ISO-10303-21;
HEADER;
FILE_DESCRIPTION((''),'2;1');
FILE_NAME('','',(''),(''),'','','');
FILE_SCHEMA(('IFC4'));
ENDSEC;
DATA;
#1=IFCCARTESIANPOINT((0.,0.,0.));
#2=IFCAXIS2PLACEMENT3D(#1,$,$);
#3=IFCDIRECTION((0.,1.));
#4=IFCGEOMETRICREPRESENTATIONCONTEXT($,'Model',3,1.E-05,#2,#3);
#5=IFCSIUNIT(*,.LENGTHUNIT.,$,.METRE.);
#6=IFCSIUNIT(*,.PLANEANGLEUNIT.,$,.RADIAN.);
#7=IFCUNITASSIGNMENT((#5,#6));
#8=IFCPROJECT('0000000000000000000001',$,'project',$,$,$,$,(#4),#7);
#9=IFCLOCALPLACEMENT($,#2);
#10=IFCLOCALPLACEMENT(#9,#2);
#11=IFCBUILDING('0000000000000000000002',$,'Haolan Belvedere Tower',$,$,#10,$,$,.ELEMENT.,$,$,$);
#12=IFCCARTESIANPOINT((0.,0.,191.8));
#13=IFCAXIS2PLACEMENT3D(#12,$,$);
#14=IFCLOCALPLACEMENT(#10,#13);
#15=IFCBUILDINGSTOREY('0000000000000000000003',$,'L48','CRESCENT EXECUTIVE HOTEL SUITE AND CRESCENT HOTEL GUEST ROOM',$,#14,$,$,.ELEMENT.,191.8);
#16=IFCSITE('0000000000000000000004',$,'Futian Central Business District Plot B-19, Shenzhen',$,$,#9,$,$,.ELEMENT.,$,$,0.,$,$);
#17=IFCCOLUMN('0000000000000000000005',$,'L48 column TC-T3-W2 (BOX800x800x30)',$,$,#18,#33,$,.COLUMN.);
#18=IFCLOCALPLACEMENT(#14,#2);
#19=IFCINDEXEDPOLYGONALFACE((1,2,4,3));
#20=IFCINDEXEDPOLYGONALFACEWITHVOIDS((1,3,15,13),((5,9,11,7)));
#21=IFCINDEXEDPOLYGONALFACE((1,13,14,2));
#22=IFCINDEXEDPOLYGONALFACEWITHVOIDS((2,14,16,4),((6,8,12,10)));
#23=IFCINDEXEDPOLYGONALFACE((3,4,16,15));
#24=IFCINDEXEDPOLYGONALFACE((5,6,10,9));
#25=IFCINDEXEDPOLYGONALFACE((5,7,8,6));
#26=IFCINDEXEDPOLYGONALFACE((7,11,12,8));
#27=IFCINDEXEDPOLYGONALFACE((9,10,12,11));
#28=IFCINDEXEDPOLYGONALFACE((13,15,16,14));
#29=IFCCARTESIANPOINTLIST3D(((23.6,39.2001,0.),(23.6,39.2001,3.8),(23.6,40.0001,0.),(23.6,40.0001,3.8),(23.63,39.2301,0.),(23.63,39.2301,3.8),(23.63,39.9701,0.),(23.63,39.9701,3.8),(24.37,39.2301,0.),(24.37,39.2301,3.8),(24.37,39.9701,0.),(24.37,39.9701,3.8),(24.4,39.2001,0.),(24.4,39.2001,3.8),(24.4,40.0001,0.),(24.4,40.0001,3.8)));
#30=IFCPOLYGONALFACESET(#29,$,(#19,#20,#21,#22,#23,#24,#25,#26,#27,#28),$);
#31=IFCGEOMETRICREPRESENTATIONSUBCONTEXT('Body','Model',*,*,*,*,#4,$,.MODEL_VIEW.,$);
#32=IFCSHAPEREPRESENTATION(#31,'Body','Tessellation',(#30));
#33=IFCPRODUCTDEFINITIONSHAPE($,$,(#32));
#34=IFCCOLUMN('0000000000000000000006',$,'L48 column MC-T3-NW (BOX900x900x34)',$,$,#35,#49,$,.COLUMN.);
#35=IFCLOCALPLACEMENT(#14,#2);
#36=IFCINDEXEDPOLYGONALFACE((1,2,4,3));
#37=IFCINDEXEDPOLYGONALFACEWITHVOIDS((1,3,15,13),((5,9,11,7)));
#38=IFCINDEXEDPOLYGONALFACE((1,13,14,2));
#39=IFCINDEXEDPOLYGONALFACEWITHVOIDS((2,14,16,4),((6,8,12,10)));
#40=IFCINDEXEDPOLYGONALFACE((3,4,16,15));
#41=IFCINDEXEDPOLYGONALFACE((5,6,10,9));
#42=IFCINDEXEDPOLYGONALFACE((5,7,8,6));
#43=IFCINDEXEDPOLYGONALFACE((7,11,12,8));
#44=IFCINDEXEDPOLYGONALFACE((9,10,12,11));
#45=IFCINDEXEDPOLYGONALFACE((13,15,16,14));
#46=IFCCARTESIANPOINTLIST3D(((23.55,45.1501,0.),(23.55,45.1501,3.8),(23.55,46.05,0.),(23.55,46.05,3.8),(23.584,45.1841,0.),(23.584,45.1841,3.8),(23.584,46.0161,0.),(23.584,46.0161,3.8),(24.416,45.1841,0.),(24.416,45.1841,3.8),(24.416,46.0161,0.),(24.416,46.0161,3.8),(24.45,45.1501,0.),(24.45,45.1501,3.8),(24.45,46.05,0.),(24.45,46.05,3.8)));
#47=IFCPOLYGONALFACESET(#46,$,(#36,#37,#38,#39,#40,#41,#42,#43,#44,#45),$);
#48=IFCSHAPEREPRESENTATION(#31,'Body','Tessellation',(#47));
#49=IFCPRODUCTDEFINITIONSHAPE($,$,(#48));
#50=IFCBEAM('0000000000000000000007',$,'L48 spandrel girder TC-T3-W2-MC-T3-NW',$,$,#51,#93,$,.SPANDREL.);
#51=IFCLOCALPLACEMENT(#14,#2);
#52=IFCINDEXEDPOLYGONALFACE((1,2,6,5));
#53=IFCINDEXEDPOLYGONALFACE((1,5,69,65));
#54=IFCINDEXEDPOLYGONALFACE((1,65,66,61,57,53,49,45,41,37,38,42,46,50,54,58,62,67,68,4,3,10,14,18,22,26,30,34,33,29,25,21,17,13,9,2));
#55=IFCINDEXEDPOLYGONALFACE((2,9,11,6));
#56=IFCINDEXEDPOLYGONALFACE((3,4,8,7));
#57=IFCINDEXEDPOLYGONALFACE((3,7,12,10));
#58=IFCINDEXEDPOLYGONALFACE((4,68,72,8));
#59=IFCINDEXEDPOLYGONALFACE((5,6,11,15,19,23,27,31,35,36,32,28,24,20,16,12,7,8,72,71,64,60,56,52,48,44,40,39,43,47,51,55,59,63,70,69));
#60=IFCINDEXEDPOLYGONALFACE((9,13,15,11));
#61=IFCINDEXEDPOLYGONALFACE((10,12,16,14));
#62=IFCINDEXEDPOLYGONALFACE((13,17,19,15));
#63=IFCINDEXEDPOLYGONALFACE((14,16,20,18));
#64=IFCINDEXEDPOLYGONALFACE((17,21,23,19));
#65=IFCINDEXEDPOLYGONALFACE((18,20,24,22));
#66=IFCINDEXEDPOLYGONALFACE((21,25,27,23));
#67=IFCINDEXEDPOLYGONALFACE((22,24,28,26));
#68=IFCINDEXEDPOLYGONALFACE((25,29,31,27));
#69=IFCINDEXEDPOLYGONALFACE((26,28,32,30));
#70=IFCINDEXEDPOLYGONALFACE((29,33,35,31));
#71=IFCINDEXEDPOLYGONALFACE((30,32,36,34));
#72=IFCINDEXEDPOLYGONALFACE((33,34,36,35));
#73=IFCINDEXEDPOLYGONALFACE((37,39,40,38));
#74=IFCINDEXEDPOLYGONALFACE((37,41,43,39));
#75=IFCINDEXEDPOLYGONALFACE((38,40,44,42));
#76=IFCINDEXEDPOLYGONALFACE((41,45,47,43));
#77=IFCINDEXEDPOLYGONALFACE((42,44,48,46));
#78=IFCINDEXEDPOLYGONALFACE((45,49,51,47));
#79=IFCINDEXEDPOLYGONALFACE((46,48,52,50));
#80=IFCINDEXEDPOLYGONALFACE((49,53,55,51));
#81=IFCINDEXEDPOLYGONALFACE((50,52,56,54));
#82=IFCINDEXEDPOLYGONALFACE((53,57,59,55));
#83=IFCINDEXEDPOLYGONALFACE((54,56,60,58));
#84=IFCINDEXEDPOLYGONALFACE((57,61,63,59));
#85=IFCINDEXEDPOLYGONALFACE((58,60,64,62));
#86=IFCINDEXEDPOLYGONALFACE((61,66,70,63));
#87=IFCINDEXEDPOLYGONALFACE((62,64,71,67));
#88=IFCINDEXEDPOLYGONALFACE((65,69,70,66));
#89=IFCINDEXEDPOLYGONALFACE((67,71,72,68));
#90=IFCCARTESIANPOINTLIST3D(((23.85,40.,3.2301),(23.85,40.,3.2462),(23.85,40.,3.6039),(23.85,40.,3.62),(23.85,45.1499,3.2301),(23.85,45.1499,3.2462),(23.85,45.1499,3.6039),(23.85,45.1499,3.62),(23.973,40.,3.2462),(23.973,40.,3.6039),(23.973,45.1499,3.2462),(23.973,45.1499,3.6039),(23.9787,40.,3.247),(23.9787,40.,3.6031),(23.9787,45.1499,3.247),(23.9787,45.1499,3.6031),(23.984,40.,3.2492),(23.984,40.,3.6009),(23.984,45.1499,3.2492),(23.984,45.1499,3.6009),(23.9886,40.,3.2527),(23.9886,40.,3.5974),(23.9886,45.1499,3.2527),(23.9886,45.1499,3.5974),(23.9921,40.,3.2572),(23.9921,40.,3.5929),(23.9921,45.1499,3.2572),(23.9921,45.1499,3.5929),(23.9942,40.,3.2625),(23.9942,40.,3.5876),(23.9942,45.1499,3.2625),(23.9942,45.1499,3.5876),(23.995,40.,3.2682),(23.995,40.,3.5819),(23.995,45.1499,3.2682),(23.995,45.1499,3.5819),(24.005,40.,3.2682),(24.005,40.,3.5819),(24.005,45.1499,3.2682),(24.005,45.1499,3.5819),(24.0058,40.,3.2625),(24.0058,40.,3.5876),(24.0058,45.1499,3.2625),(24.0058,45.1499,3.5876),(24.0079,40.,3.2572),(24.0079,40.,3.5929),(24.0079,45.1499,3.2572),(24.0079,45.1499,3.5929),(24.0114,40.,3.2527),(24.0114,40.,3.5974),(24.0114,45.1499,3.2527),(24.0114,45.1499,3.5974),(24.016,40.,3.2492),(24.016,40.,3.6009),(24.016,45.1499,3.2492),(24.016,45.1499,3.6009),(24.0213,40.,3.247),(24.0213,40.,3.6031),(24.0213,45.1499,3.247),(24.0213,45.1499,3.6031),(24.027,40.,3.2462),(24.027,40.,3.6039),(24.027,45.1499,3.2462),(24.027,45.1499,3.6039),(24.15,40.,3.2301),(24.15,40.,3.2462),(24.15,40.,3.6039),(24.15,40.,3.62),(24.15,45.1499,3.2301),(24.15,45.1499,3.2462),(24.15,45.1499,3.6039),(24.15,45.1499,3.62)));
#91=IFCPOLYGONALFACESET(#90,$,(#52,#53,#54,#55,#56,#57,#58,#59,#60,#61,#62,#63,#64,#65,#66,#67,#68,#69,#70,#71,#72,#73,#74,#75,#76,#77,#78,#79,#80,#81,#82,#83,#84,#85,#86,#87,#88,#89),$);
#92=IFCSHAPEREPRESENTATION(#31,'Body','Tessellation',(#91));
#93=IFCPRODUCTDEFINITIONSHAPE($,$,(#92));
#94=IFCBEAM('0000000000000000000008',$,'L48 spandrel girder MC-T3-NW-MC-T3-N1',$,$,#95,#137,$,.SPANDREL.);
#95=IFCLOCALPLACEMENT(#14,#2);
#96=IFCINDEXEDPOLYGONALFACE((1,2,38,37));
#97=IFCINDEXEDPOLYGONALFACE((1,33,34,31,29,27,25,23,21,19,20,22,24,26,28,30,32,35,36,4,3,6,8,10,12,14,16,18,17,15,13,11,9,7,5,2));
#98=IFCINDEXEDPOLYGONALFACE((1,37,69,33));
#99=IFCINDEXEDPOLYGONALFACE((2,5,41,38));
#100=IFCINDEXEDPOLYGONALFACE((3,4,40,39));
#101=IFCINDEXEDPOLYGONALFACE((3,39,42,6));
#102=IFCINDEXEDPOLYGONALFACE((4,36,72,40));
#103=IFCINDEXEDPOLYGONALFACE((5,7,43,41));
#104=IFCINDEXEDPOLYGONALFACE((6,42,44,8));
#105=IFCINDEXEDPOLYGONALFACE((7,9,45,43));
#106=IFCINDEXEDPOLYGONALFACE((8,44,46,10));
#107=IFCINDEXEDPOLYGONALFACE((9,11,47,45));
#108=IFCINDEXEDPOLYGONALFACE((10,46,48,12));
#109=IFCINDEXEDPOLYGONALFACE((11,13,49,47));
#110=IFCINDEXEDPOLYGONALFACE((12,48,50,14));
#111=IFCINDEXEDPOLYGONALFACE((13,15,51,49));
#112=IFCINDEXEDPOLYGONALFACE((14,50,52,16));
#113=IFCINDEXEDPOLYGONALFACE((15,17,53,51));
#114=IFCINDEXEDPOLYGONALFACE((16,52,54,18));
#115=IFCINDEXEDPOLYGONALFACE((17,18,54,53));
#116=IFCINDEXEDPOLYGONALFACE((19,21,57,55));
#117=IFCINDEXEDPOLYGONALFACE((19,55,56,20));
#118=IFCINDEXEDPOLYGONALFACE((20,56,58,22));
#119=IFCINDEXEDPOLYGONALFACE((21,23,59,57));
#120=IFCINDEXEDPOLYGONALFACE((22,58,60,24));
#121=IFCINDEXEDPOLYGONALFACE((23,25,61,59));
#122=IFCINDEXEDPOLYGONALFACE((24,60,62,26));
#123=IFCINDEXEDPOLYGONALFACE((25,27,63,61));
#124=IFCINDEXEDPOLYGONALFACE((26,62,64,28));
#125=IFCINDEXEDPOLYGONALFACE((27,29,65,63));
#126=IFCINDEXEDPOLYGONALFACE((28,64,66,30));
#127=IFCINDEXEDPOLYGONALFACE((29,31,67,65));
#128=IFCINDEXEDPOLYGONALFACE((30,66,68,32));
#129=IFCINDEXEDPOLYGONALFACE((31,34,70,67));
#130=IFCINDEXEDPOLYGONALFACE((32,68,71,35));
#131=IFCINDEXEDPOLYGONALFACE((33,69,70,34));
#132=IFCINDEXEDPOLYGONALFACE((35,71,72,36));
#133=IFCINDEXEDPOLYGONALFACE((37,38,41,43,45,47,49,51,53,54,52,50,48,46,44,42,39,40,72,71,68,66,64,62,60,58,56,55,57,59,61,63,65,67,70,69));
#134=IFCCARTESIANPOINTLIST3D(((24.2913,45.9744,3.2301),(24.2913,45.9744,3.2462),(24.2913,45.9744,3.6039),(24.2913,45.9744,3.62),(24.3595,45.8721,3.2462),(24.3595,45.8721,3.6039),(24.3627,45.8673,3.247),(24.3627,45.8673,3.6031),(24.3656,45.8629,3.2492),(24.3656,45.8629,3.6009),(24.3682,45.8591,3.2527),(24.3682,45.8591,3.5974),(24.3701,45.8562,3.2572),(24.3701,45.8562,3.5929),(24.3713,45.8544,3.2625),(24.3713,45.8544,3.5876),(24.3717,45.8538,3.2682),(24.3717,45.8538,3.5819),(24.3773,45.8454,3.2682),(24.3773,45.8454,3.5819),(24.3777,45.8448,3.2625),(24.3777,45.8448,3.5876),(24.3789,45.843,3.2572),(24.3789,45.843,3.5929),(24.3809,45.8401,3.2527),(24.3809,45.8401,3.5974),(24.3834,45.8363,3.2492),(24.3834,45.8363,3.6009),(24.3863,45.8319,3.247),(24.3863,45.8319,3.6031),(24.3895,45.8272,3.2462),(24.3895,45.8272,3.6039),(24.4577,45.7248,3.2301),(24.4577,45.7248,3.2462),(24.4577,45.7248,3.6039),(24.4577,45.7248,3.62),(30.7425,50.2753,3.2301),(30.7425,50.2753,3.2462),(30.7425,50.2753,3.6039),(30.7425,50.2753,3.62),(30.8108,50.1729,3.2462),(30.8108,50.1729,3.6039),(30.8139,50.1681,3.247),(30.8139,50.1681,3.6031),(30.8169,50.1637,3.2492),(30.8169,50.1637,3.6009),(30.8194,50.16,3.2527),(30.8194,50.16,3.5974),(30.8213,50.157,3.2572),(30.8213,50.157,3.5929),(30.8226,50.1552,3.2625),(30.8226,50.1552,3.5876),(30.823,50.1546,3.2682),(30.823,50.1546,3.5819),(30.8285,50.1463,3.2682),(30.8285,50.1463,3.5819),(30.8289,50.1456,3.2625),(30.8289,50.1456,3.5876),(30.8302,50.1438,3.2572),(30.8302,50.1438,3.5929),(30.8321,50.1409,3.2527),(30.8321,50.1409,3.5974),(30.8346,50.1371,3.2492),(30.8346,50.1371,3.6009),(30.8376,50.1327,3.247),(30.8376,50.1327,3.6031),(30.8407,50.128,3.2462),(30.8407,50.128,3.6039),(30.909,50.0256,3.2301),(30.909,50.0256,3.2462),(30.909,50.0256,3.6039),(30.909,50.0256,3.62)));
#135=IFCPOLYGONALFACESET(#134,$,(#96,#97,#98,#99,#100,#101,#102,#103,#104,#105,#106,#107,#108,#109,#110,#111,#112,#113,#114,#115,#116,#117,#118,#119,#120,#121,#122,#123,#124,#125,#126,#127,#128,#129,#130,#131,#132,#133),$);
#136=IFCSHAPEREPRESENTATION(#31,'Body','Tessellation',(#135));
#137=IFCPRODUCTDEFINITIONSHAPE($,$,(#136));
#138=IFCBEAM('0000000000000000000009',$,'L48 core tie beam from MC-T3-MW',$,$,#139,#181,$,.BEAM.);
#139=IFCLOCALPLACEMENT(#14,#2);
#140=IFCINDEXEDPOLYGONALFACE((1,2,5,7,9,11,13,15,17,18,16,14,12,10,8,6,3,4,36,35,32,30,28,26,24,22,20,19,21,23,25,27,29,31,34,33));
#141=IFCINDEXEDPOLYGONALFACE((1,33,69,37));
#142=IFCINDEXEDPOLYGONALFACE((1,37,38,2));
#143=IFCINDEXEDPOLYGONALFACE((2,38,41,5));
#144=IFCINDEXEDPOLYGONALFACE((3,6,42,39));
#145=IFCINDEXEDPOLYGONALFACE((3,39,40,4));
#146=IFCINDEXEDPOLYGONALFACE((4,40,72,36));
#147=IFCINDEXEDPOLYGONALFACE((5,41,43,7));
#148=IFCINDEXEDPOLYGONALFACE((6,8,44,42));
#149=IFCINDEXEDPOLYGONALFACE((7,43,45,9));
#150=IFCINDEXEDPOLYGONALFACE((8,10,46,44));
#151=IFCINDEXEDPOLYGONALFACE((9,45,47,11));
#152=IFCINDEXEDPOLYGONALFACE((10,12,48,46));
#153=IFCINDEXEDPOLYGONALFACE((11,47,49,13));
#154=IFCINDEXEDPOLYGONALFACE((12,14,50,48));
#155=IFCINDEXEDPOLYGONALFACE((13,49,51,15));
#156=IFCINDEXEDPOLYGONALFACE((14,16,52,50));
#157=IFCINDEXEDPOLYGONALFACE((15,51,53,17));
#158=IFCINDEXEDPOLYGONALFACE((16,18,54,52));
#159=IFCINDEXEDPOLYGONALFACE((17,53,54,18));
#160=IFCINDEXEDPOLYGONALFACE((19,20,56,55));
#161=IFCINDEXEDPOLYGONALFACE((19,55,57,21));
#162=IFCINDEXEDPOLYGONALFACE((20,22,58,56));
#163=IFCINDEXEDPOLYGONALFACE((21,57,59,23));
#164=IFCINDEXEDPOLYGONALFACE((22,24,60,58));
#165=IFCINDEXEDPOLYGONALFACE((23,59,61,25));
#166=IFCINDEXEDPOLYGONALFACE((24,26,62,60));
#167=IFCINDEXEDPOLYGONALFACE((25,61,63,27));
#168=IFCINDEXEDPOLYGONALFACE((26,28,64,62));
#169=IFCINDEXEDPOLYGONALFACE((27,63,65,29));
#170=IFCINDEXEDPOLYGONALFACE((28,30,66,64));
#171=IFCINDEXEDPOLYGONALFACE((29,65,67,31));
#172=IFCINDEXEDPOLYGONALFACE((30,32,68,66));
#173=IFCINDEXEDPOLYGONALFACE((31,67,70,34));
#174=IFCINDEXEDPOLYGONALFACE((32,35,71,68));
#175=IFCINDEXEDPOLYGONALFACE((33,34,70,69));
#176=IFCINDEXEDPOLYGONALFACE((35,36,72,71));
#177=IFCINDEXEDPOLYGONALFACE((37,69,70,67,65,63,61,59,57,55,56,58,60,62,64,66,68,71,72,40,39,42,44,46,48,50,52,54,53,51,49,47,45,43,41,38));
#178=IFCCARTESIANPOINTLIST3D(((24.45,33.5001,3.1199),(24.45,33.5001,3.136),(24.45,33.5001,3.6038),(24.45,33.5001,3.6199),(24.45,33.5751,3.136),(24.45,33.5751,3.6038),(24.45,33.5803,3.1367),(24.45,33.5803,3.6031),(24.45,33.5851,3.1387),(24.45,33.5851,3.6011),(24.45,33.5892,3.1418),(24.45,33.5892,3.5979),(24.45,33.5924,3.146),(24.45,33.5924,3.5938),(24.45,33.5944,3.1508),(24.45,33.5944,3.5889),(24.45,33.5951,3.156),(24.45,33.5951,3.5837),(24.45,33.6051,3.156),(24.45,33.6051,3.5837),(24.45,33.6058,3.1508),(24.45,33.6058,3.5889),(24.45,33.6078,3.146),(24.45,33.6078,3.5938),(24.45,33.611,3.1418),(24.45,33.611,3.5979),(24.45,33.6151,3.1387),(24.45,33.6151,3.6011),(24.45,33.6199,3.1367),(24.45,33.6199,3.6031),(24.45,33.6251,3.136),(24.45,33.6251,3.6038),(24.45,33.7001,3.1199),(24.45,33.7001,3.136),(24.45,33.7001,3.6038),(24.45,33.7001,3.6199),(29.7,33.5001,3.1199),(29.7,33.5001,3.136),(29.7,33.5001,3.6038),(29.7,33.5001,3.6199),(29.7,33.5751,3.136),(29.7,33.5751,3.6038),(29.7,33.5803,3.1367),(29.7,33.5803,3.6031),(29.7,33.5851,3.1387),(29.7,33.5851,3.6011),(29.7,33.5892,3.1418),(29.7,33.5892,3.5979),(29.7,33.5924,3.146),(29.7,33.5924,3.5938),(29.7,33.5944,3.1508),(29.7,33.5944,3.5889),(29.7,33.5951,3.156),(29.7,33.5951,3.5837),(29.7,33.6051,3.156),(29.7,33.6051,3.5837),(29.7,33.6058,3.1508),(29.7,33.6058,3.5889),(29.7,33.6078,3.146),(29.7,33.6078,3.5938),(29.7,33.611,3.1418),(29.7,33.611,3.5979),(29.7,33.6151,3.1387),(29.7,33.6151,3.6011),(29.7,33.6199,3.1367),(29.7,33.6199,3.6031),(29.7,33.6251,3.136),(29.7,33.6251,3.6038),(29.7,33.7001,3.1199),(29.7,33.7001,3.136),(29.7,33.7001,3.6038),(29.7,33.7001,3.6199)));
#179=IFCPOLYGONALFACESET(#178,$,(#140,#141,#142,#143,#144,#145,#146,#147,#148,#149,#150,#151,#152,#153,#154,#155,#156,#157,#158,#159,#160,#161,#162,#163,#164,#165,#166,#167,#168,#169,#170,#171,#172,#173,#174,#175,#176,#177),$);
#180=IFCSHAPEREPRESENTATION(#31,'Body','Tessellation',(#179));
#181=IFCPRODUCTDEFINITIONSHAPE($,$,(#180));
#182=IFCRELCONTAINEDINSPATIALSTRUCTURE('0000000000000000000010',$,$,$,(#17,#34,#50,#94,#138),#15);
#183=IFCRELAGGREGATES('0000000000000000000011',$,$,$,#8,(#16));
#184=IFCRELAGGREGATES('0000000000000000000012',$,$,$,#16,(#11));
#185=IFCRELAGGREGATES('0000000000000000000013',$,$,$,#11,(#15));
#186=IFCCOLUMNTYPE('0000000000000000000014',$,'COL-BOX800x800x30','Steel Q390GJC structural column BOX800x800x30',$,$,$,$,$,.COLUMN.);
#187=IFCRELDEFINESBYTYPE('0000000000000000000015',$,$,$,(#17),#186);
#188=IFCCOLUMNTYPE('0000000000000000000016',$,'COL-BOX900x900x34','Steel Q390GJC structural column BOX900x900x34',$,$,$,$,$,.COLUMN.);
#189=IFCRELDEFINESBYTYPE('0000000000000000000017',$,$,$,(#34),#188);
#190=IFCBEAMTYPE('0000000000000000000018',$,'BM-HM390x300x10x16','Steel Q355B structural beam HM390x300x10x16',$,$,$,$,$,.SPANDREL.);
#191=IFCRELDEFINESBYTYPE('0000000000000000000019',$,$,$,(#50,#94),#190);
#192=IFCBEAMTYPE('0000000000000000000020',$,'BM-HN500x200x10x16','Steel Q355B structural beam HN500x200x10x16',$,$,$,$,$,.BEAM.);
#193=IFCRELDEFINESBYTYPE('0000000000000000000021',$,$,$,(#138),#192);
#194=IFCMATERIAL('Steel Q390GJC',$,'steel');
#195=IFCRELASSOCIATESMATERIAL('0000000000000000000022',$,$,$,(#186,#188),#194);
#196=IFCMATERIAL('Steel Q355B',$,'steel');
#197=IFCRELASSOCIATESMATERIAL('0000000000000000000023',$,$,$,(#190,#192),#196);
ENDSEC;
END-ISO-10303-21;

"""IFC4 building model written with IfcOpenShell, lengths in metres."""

from ifc_helpers import new_model, si_unit, direction, frame, origin, origin_2d, place, context, subcontext, project, spatial, hollow_rectangle, i_section, extrude, material, material_profile, profile_set, type_object, element, save


model = new_model("IFC4")

# Units and contexts
model_context = context("Model", 3, precision=1e-05, world=origin(), true_north=direction((0.0, 1.0)))
body_context = subcontext(model_context, "Body", "Model", "MODEL_VIEW")
ifc_project = project(units=[si_unit("LENGTHUNIT", "METRE"), si_unit("PLANEANGLEUNIT", "RADIAN")], contexts=[model_context])

# Site, building, storey
site_placement = place(None, origin())
site = spatial("IfcSite", under=ifc_project, at=site_placement, Name="Futian Central Business District Plot B-19, Shenzhen", CompositionType="ELEMENT", RefElevation=0.0)
building_placement = place(site_placement, origin())
building = spatial("IfcBuilding", under=site, at=building_placement, Name="Haolan Belvedere Tower", CompositionType="ELEMENT")
storey_placement = place(building_placement, frame((0.0, 0.0, 191.8)))
storey = spatial("IfcBuildingStorey", under=building, at=storey_placement, Name="L48", Description="CRESCENT EXECUTIVE HOTEL SUITE AND CRESCENT HOTEL GUEST ROOM", CompositionType="ELEMENT", Elevation=191.8)

# Columns
ifc_material_1 = material(Name="Steel Q390GJC", Category="steel")
ifc_material_profile_1 = material_profile(ifc_material_1, hollow_rectangle(XDim=0.8, YDim=0.8, WallThickness=0.03, at=origin_2d()), Name="Steel Q390GJC")
ifc_profile_set_1 = profile_set([ifc_material_profile_1], Name="Steel Q390GJC")
column_type_1 = type_object("IfcColumnType", Name="COL-BOX800x800x30", Description="Steel Q390GJC structural column BOX800x800x30", PredefinedType="COLUMN", material=ifc_profile_set_1)
column_1_placement = place(storey_placement, frame((24.0, 39.6001, 0.0), z_axis=(0.0, 0.0, 1.0), x_axis=(1.0, 0.0, 0.0)))
element("IfcColumn", 1, at=column_1_placement, inside=storey, type_object=column_type_1, Name="L48 column TC-T3-W2 (BOX800x800x30)", PredefinedType="COLUMN", context=body_context, shape_type="SweptSolid", body=[
    extrude(hollow_rectangle(XDim=0.8, YDim=0.8, WallThickness=0.03, at=origin_2d()), origin(), (0.0, 0.0, 1.0), 3.8),
])
ifc_material_profile_2 = material_profile(ifc_material_1, hollow_rectangle(XDim=0.8999, YDim=0.8999, WallThickness=0.0339, at=origin_2d()), Name="Steel Q390GJC")
ifc_profile_set_2 = profile_set([ifc_material_profile_2], Name="Steel Q390GJC")
column_type_2 = type_object("IfcColumnType", Name="COL-BOX900x900x34", Description="Steel Q390GJC structural column BOX900x900x34", PredefinedType="COLUMN", material=ifc_profile_set_2)
column_2_placement = place(storey_placement, frame((24.0, 45.6001, 0.0), z_axis=(0.0, 0.0, 1.0), x_axis=(1.0, 0.0, 0.0)))
element("IfcColumn", 2, at=column_2_placement, inside=storey, type_object=column_type_2, Name="L48 column MC-T3-NW (BOX900x900x34)", PredefinedType="COLUMN", context=body_context, shape_type="SweptSolid", body=[
    extrude(hollow_rectangle(XDim=0.8999, YDim=0.8999, WallThickness=0.0339, at=origin_2d()), origin(), (0.0, 0.0, 1.0), 3.8),
])

# Beams
ifc_material_2 = material(Name="Steel Q355B", Category="steel")
ifc_material_profile_3 = material_profile(ifc_material_2, i_section(OverallWidth=0.3, OverallDepth=0.3899, WebThickness=0.01, FlangeThickness=0.0161, FilletRadius=0.022, at=origin_2d()), Name="Steel Q355B")
ifc_profile_set_3 = profile_set([ifc_material_profile_3], Name="Steel Q355B")
beam_type_1 = type_object("IfcBeamType", Name="BM-HM390x300x10x16", Description="Steel Q355B structural beam HM390x300x10x16", PredefinedType="SPANDREL", material=ifc_profile_set_3)
beam_1_placement = place(storey_placement, frame((24.0, 40.0, 3.425), z_axis=(0.0, 1.0, 0.0), x_axis=(-1.0, 0.0, 0.0)))
element("IfcBeam", 3, at=beam_1_placement, inside=storey, type_object=beam_type_1, Name="L48 spandrel girder TC-T3-W2-MC-T3-NW", PredefinedType="SPANDREL", context=body_context, shape_type="SweptSolid", body=[
    extrude(i_section(OverallWidth=0.3, OverallDepth=0.3899, WebThickness=0.01, FlangeThickness=0.0161, FilletRadius=0.022, at=origin_2d()), origin(), (0.0, 0.0, 1.0), 5.1499),
])
beam_2_placement = place(storey_placement, frame((24.3745, 45.8496, 3.425), z_axis=(0.83205, 0.5547, 0.0), x_axis=(-0.5547, 0.83205, 0.0)))
element("IfcBeam", 4, at=beam_2_placement, inside=storey, type_object=beam_type_1, Name="L48 spandrel girder MC-T3-NW-MC-T3-N1", PredefinedType="SPANDREL", context=body_context, shape_type="SweptSolid", body=[
    extrude(i_section(OverallWidth=0.3, OverallDepth=0.3899, WebThickness=0.01, FlangeThickness=0.0161, FilletRadius=0.022, at=origin_2d()), origin(), (0.0, 0.0, 1.0), 7.7534),
])
ifc_material_profile_4 = material_profile(ifc_material_2, i_section(OverallWidth=0.2, OverallDepth=0.5, WebThickness=0.01, FlangeThickness=0.0161, FilletRadius=0.02, at=origin_2d()), Name="Steel Q355B")
ifc_profile_set_4 = profile_set([ifc_material_profile_4], Name="Steel Q355B")
beam_type_2 = type_object("IfcBeamType", Name="BM-HN500x200x10x16", Description="Steel Q355B structural beam HN500x200x10x16", PredefinedType="BEAM", material=ifc_profile_set_4)
beam_3_placement = place(storey_placement, frame((24.45, 33.6001, 3.3699), z_axis=(1.0, 0.0, 0.0), x_axis=(0.0, 1.0, 0.0)))
element("IfcBeam", 5, at=beam_3_placement, inside=storey, type_object=beam_type_2, Name="L48 core tie beam from MC-T3-MW", PredefinedType="BEAM", context=body_context, shape_type="SweptSolid", body=[
    extrude(i_section(OverallWidth=0.2, OverallDepth=0.5, WebThickness=0.01, FlangeThickness=0.0161, FilletRadius=0.02, at=origin_2d()), origin(), (0.0, 0.0, 1.0), 5.25),
])

save(model, "model.ifc")
